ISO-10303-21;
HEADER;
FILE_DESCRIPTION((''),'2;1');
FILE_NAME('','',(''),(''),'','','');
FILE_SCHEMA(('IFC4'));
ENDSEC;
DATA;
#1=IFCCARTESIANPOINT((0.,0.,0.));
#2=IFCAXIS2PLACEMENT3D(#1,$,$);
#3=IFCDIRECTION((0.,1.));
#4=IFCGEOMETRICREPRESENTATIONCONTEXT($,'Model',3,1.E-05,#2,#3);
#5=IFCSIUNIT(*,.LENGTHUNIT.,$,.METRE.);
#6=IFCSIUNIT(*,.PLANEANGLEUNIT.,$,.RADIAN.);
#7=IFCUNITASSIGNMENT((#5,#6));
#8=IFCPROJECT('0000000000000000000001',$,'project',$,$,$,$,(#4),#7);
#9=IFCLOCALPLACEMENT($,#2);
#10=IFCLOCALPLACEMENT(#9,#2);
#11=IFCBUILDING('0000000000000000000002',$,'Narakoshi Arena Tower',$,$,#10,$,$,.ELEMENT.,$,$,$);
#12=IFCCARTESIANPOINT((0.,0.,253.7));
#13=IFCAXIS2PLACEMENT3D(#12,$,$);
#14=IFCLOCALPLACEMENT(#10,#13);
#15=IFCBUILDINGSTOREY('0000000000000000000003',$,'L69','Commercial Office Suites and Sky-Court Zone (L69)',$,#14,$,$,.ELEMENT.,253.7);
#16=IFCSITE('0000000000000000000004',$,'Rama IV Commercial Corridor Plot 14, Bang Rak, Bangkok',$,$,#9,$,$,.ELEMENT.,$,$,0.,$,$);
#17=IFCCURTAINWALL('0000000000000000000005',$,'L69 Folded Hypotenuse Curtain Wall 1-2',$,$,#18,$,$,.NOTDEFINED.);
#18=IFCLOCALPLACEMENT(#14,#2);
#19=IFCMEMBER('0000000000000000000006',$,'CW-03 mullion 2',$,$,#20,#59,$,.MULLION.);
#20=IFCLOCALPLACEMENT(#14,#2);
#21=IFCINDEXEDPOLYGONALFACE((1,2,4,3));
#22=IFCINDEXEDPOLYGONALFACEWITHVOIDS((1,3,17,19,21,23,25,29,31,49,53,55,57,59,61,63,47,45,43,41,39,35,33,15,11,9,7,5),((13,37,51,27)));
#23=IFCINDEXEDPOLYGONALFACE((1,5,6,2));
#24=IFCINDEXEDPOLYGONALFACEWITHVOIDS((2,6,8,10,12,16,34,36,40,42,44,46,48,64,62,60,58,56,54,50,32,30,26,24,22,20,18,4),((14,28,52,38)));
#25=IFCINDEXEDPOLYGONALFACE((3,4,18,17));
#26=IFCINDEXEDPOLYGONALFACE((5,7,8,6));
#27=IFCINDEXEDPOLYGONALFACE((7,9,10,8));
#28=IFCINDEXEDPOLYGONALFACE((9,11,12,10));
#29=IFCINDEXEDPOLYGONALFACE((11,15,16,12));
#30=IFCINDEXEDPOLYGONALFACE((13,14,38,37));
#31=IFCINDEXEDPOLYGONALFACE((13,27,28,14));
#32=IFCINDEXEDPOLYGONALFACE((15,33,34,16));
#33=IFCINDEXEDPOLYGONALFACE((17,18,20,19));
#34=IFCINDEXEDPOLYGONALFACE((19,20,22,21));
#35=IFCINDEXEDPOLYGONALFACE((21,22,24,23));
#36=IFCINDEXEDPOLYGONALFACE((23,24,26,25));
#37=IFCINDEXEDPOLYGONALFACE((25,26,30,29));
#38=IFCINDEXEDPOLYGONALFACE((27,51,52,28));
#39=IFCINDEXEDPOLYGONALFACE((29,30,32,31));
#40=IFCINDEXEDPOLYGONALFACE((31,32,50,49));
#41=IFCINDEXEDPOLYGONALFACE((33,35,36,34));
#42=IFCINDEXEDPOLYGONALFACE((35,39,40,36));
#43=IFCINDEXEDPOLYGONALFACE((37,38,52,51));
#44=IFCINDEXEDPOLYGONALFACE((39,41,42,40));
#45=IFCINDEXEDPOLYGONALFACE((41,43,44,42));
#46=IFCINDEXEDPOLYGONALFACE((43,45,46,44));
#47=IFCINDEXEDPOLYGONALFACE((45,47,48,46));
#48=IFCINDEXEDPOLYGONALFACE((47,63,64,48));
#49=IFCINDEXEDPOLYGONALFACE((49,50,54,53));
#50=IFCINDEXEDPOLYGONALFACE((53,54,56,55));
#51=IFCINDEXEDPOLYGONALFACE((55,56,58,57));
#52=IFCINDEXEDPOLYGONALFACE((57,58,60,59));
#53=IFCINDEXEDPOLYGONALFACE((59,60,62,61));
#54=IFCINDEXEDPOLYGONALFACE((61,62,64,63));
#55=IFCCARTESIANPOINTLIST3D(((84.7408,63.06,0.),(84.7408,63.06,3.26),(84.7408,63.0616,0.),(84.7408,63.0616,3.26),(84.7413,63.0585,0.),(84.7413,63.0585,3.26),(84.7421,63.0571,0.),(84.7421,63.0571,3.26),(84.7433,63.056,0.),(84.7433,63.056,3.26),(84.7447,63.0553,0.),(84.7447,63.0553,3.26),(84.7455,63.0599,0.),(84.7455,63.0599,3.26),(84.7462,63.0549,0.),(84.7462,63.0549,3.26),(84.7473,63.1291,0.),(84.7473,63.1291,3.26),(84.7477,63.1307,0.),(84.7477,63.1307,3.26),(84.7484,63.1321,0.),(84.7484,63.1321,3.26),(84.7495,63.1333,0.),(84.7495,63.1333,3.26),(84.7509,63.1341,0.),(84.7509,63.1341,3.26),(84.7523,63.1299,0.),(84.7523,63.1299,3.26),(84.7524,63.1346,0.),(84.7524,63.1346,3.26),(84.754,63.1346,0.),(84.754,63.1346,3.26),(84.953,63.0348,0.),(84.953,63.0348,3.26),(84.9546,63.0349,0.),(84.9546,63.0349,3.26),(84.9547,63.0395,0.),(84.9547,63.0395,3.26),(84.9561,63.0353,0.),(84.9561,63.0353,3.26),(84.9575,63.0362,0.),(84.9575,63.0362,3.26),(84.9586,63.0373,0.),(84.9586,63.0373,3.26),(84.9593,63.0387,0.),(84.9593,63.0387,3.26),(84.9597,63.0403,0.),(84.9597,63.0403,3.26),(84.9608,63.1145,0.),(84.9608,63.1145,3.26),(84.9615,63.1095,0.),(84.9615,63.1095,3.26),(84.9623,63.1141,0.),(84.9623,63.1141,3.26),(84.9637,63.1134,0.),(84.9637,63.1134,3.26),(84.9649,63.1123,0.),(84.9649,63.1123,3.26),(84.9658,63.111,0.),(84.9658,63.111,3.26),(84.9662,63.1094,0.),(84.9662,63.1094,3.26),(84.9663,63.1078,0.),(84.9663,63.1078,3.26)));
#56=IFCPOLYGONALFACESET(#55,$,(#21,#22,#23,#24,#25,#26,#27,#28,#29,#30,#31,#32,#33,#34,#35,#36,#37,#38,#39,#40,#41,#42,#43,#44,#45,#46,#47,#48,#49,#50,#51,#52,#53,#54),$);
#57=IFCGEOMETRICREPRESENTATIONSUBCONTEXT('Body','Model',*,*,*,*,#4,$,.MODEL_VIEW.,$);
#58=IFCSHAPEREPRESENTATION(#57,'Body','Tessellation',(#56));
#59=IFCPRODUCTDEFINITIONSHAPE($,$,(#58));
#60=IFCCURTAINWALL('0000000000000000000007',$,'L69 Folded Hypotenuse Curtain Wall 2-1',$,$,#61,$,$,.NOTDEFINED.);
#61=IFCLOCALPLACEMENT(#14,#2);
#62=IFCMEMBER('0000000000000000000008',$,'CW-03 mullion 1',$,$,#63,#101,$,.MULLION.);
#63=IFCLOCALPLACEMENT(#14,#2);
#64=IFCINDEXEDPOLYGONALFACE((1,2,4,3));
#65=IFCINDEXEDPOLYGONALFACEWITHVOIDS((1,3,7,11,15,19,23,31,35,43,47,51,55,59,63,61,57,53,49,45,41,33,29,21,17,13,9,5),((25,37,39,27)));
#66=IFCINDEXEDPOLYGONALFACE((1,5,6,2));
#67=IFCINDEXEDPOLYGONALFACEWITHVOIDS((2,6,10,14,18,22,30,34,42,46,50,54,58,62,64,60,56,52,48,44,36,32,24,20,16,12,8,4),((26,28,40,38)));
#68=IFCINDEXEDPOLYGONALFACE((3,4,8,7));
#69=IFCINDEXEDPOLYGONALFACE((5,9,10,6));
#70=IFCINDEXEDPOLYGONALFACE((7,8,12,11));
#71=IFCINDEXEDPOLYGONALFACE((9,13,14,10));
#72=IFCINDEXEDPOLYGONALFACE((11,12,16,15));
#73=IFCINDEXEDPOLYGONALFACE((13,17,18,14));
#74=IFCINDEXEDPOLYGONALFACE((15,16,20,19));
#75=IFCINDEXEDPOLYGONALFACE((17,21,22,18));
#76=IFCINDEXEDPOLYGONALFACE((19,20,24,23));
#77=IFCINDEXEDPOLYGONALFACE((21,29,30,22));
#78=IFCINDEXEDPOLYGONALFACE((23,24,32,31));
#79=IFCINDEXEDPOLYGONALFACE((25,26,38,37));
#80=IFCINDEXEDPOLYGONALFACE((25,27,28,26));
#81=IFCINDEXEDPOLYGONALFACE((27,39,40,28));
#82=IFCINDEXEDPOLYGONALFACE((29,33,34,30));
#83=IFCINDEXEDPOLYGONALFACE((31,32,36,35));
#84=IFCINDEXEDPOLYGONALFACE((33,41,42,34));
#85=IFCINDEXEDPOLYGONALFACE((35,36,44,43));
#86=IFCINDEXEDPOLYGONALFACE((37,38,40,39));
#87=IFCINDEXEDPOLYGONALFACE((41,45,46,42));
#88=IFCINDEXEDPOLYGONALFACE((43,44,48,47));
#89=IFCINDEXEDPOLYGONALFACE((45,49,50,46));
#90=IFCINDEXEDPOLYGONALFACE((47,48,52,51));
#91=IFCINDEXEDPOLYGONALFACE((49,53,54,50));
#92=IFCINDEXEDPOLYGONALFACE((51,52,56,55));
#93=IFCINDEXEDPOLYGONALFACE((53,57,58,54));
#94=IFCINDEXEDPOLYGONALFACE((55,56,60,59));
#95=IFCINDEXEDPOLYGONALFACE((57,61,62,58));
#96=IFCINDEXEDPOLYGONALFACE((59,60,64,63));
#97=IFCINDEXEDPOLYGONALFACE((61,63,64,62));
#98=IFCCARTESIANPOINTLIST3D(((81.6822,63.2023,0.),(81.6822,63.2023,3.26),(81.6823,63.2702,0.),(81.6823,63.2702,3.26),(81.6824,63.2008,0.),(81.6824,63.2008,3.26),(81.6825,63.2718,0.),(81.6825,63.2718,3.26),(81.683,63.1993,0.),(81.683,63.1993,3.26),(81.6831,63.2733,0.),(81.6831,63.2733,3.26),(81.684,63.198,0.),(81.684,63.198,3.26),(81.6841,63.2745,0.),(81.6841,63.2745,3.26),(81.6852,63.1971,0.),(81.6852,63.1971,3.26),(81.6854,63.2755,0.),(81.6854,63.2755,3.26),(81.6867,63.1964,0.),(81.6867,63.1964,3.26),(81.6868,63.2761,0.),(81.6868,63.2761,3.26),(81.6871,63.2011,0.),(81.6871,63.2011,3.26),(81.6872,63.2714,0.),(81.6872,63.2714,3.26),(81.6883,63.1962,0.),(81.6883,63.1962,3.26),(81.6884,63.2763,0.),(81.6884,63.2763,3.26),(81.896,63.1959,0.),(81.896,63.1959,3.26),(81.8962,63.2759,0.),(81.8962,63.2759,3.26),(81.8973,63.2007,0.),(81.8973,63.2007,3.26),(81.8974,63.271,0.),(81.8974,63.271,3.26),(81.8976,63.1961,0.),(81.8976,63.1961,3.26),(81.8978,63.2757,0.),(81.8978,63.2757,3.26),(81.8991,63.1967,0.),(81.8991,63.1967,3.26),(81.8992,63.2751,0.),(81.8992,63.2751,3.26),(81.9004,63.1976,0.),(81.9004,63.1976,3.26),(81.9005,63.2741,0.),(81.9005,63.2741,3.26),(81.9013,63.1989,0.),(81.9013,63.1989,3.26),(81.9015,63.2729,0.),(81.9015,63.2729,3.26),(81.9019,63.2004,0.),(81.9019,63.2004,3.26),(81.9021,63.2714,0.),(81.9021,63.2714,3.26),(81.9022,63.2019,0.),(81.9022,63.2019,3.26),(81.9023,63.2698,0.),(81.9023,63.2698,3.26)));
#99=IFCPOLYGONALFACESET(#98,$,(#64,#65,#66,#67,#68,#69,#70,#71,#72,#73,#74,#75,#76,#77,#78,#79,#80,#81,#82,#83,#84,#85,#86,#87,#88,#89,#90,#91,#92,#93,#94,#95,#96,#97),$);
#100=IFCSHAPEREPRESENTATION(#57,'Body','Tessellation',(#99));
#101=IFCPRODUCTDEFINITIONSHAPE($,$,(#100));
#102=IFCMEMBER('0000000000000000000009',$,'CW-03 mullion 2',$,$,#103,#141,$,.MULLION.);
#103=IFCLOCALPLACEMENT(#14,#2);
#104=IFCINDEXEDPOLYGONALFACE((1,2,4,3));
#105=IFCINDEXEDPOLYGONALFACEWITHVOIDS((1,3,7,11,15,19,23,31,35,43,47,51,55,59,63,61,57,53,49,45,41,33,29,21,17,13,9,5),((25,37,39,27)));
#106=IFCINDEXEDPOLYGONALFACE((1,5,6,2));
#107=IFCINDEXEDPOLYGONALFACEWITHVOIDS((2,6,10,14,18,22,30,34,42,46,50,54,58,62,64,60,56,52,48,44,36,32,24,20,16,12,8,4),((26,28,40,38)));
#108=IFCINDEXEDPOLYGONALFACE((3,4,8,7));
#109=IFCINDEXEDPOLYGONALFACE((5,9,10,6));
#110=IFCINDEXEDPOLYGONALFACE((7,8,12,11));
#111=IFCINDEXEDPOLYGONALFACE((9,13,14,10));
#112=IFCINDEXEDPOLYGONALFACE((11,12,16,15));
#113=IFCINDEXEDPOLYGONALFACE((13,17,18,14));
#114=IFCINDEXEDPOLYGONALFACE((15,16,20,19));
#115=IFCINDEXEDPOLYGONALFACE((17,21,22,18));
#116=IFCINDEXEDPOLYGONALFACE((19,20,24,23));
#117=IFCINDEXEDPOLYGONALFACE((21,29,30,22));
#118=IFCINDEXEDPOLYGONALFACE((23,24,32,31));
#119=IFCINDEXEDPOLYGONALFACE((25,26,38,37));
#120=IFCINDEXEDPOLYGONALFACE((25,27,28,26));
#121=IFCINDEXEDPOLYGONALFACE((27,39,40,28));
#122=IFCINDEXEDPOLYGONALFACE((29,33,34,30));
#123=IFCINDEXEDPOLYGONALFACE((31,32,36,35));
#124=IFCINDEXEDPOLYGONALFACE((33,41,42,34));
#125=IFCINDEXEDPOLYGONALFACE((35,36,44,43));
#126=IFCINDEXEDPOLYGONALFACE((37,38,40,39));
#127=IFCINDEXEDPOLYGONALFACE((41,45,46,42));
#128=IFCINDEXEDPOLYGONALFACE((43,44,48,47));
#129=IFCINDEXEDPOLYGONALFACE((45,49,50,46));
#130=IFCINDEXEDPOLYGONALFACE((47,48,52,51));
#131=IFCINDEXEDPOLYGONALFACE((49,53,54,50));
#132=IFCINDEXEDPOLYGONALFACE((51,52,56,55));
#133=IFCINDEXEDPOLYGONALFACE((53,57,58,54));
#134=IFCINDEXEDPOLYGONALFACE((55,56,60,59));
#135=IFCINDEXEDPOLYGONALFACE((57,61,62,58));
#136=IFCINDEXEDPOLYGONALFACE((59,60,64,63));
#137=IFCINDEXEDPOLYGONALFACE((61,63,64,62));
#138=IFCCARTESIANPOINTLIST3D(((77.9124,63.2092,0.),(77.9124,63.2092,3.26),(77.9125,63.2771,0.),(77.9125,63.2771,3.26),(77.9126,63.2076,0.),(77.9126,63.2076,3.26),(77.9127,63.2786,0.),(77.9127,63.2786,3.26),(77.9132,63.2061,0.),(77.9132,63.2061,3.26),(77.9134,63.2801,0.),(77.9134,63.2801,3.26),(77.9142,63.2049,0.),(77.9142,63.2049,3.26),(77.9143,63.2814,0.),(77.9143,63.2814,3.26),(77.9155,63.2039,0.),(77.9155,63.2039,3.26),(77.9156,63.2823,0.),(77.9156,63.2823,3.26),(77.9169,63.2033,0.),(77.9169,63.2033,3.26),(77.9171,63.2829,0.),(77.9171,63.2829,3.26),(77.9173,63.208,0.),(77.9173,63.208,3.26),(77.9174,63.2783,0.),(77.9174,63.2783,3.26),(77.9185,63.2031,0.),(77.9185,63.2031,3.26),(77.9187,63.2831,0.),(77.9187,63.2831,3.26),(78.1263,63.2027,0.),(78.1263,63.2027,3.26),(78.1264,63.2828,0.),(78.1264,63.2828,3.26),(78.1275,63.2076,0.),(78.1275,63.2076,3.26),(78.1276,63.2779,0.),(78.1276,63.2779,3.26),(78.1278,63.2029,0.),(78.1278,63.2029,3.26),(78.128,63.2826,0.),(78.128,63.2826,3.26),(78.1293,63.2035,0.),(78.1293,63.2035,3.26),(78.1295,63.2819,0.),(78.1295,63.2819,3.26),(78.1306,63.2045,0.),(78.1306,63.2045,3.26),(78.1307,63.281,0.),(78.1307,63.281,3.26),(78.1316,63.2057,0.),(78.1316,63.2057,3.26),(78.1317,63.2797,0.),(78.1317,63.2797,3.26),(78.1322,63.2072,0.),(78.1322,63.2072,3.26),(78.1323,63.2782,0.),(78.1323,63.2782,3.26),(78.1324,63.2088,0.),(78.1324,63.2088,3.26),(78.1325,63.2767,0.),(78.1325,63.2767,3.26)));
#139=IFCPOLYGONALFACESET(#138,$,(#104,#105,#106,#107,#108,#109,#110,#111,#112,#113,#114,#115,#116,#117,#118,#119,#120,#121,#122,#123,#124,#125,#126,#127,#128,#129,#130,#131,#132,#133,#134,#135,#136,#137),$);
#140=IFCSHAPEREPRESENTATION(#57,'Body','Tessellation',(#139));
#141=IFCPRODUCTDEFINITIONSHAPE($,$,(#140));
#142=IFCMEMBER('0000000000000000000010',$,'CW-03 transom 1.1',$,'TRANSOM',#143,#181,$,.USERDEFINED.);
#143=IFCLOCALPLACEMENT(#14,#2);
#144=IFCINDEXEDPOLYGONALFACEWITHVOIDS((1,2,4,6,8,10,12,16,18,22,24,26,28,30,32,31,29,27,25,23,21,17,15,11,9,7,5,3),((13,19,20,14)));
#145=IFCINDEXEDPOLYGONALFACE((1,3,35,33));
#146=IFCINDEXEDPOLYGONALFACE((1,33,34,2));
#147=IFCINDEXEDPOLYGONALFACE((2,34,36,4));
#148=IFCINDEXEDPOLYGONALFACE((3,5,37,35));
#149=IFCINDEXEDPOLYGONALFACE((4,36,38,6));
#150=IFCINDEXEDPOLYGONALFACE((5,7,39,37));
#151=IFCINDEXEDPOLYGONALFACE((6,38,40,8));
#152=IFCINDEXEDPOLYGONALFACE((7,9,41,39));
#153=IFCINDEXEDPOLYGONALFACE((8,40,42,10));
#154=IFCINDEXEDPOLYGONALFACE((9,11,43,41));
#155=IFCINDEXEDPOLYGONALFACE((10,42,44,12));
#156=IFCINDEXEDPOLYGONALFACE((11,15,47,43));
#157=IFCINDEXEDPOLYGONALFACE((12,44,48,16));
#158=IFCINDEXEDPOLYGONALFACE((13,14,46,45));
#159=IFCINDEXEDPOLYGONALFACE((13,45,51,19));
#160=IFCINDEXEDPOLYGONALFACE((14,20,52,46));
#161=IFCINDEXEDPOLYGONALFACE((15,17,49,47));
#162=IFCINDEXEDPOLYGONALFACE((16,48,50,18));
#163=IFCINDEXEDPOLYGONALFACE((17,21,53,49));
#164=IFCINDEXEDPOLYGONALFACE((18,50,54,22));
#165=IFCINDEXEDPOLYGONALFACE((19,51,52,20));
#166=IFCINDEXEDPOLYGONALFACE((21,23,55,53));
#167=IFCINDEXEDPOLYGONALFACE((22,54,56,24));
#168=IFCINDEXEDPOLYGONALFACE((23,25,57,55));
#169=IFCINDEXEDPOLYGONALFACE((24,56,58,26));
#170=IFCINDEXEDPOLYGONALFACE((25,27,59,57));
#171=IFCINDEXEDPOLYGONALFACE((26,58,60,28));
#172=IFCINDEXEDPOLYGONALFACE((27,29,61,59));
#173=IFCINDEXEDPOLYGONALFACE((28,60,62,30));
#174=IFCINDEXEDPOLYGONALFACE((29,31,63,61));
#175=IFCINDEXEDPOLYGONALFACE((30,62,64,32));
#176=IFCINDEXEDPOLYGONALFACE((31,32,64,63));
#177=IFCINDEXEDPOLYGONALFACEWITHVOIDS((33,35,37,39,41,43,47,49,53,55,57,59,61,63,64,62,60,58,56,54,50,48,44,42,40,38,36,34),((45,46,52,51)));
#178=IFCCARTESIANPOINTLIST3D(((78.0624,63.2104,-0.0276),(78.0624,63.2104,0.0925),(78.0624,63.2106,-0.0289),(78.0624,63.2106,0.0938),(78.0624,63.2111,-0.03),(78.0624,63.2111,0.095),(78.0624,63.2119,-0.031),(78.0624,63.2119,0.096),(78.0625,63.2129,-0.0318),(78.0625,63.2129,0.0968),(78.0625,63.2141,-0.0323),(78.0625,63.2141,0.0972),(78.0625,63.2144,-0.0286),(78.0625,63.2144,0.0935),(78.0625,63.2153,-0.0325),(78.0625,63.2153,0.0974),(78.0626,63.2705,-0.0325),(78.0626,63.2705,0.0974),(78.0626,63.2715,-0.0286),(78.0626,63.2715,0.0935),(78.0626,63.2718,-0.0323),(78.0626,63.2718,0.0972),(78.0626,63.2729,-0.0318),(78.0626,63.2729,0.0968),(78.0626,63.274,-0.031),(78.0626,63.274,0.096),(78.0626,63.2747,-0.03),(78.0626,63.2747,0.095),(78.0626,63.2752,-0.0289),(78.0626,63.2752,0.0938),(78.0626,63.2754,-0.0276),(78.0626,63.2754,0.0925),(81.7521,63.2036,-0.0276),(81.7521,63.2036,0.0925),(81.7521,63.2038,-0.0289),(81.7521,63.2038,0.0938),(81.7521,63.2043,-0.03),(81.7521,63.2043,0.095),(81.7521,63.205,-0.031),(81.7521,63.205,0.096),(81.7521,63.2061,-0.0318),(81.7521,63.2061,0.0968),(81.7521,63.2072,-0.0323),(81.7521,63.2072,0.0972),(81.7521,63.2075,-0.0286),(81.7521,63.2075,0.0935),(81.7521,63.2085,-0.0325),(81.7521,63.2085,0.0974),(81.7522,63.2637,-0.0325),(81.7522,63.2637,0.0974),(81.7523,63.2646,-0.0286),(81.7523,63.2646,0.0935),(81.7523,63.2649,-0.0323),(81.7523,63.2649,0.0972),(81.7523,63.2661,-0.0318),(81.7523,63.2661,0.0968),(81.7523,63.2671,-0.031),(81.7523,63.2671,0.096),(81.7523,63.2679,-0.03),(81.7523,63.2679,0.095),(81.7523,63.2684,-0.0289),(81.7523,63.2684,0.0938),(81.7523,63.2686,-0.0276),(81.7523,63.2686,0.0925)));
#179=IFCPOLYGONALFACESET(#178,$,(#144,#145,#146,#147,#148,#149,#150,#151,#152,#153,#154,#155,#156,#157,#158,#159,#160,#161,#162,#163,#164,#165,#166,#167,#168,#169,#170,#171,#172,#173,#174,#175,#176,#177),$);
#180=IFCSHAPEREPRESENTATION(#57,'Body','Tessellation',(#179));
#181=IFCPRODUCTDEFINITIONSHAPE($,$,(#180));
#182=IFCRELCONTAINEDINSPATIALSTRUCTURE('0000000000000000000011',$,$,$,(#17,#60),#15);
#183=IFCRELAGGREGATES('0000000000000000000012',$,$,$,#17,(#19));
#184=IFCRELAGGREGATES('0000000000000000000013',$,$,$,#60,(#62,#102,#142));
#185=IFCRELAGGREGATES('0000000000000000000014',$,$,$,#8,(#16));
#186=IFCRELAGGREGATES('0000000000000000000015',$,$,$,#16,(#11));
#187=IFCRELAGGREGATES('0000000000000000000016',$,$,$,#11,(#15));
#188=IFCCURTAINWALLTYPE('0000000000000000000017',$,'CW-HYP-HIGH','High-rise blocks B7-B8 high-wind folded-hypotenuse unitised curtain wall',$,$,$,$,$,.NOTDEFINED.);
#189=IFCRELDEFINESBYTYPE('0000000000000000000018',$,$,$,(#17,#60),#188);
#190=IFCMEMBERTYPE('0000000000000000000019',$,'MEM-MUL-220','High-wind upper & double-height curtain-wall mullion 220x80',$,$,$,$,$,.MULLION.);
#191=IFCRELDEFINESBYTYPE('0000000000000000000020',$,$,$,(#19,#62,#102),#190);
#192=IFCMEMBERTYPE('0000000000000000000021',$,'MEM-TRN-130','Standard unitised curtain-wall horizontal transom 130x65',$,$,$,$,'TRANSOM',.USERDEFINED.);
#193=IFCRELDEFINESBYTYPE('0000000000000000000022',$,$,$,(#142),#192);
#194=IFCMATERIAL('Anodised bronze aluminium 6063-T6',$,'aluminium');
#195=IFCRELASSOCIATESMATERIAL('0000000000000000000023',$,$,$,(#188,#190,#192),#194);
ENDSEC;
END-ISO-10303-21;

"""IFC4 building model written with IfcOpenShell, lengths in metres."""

from ifc_helpers import new_model, si_unit, direction, frame, origin, origin_2d, place, context, subcontext, project, spatial, hollow_rectangle, extrude, material, material_profile, profile_set, type_object, element, aggregate, save


model = new_model("IFC4")

# Units and contexts
model_context = context("Model", 3, precision=1e-05, world=origin(), true_north=direction((0.0, 1.0)))
body_context = subcontext(model_context, "Body", "Model", "MODEL_VIEW")
ifc_project = project(units=[si_unit("LENGTHUNIT", "METRE"), si_unit("PLANEANGLEUNIT", "RADIAN")], contexts=[model_context])

# Site, building, storey
site_placement = place(None, origin())
site = spatial("IfcSite", under=ifc_project, at=site_placement, Name="Rama IV Commercial Corridor Plot 14, Bang Rak, Bangkok", CompositionType="ELEMENT", RefElevation=0.0)
building_placement = place(site_placement, origin())
building = spatial("IfcBuilding", under=site, at=building_placement, Name="Narakoshi Arena Tower", CompositionType="ELEMENT")
storey_placement = place(building_placement, frame((0.0, 0.0, 253.7)))
storey = spatial("IfcBuildingStorey", under=building, at=storey_placement, Name="L69", Description="Commercial Office Suites and Sky-Court Zone (L69)", CompositionType="ELEMENT", Elevation=253.7)

# Curtain wall, member
ifc_material_1 = material(Name="Anodised bronze aluminium 6063-T6", Category="aluminium")
curtain_wall_type = type_object("IfcCurtainWallType", Name="CW-HYP-HIGH", Description="High-rise blocks B7-B8 high-wind folded-hypotenuse unitised curtain wall", PredefinedType="NOTDEFINED", material=ifc_material_1)
curtain_wall_1_placement = place(storey_placement, origin())
curtain_wall_1 = element("IfcCurtainWall", 1, at=curtain_wall_1_placement, inside=storey, type_object=curtain_wall_type, Name="L69 Folded Hypotenuse Curtain Wall 1-2", PredefinedType="NOTDEFINED")
ifc_material_profile_1 = material_profile(ifc_material_1, hollow_rectangle(XDim=0.0801, YDim=0.22, WallThickness=0.0049, OuterFilletRadius=0.0061, at=origin_2d()), Name="MUL220x80x5")
ifc_profile_set_1 = profile_set([ifc_material_profile_1], Name="Anodised bronze aluminium 6063-T6")
member_type_1 = type_object("IfcMemberType", Name="MEM-MUL-220", Description="High-wind upper & double-height curtain-wall mullion 220x80", PredefinedType="MULLION", material=ifc_profile_set_1)
member_1_placement = place(storey_placement, frame((84.8535, 63.0847, 0.0), z_axis=(0.0, 0.0, 1.0), x_axis=(-0.096843, -0.9953, 0.0)))
member_1 = element("IfcMember", 2, at=member_1_placement, type_object=member_type_1, Name="CW-03 mullion 2", PredefinedType="MULLION", context=body_context, shape_type="SweptSolid", body=[
    extrude(hollow_rectangle(XDim=0.0801, YDim=0.22, WallThickness=0.0049, OuterFilletRadius=0.0061, at=origin_2d()), origin(), (0.0, 0.0, 1.0), 3.26),
])

# Curtain wall, members
curtain_wall_2_placement = place(storey_placement, origin())
curtain_wall_2 = element("IfcCurtainWall", 3, at=curtain_wall_2_placement, inside=storey, type_object=curtain_wall_type, Name="L69 Folded Hypotenuse Curtain Wall 2-1", PredefinedType="NOTDEFINED")
member_2_placement = place(storey_placement, frame((81.7922, 63.2361, 0.0), z_axis=(0.0, 0.0, 1.0), x_axis=(-0.00182, -0.999998, 0.0)))
member_2 = element("IfcMember", 4, at=member_2_placement, type_object=member_type_1, Name="CW-03 mullion 1", PredefinedType="MULLION", context=body_context, shape_type="SweptSolid", body=[
    extrude(hollow_rectangle(XDim=0.0801, YDim=0.22, WallThickness=0.0049, OuterFilletRadius=0.0061, at=origin_2d()), origin(), (0.0, 0.0, 1.0), 3.26),
])
member_3_placement = place(storey_placement, frame((78.0225, 63.2429, 0.0), z_axis=(0.0, 0.0, 1.0), x_axis=(-0.00182, -0.999998, 0.0)))
member_3 = element("IfcMember", 5, at=member_3_placement, type_object=member_type_1, Name="CW-03 mullion 2", PredefinedType="MULLION", context=body_context, shape_type="SweptSolid", body=[
    extrude(hollow_rectangle(XDim=0.0801, YDim=0.22, WallThickness=0.0049, OuterFilletRadius=0.0061, at=origin_2d()), origin(), (0.0, 0.0, 1.0), 3.26),
])
ifc_material_profile_2 = material_profile(ifc_material_1, hollow_rectangle(XDim=0.0649, YDim=0.1299, WallThickness=0.0039, OuterFilletRadius=0.0049, at=origin_2d()), Name="TRN130x65x4")
ifc_profile_set_2 = profile_set([ifc_material_profile_2], Name="Anodised bronze aluminium 6063-T6")
member_type_2 = type_object("IfcMemberType", Name="MEM-TRN-130", Description="Standard unitised curtain-wall horizontal transom 130x65", ElementType="TRANSOM", PredefinedType="USERDEFINED", material=ifc_profile_set_2)
member_4_placement = place(storey_placement, frame((81.7522, 63.2361, 0.0325), z_axis=(-0.999998, 0.001853, 0.0), x_axis=(-0.001853, -0.999998, 0.0)))
member_4 = element("IfcMember", 6, at=member_4_placement, type_object=member_type_2, Name="CW-03 transom 1.1", ObjectType="TRANSOM", PredefinedType="USERDEFINED", context=body_context, shape_type="SweptSolid", body=[
    extrude(hollow_rectangle(XDim=0.0649, YDim=0.1299, WallThickness=0.0039, OuterFilletRadius=0.0049, at=origin_2d()), origin(), (0.0, 0.0, 1.0), 3.6897),
])

aggregate(curtain_wall_1, [member_1])
aggregate(curtain_wall_2, [member_2, member_3, member_4])

save(model, "model.ifc")
